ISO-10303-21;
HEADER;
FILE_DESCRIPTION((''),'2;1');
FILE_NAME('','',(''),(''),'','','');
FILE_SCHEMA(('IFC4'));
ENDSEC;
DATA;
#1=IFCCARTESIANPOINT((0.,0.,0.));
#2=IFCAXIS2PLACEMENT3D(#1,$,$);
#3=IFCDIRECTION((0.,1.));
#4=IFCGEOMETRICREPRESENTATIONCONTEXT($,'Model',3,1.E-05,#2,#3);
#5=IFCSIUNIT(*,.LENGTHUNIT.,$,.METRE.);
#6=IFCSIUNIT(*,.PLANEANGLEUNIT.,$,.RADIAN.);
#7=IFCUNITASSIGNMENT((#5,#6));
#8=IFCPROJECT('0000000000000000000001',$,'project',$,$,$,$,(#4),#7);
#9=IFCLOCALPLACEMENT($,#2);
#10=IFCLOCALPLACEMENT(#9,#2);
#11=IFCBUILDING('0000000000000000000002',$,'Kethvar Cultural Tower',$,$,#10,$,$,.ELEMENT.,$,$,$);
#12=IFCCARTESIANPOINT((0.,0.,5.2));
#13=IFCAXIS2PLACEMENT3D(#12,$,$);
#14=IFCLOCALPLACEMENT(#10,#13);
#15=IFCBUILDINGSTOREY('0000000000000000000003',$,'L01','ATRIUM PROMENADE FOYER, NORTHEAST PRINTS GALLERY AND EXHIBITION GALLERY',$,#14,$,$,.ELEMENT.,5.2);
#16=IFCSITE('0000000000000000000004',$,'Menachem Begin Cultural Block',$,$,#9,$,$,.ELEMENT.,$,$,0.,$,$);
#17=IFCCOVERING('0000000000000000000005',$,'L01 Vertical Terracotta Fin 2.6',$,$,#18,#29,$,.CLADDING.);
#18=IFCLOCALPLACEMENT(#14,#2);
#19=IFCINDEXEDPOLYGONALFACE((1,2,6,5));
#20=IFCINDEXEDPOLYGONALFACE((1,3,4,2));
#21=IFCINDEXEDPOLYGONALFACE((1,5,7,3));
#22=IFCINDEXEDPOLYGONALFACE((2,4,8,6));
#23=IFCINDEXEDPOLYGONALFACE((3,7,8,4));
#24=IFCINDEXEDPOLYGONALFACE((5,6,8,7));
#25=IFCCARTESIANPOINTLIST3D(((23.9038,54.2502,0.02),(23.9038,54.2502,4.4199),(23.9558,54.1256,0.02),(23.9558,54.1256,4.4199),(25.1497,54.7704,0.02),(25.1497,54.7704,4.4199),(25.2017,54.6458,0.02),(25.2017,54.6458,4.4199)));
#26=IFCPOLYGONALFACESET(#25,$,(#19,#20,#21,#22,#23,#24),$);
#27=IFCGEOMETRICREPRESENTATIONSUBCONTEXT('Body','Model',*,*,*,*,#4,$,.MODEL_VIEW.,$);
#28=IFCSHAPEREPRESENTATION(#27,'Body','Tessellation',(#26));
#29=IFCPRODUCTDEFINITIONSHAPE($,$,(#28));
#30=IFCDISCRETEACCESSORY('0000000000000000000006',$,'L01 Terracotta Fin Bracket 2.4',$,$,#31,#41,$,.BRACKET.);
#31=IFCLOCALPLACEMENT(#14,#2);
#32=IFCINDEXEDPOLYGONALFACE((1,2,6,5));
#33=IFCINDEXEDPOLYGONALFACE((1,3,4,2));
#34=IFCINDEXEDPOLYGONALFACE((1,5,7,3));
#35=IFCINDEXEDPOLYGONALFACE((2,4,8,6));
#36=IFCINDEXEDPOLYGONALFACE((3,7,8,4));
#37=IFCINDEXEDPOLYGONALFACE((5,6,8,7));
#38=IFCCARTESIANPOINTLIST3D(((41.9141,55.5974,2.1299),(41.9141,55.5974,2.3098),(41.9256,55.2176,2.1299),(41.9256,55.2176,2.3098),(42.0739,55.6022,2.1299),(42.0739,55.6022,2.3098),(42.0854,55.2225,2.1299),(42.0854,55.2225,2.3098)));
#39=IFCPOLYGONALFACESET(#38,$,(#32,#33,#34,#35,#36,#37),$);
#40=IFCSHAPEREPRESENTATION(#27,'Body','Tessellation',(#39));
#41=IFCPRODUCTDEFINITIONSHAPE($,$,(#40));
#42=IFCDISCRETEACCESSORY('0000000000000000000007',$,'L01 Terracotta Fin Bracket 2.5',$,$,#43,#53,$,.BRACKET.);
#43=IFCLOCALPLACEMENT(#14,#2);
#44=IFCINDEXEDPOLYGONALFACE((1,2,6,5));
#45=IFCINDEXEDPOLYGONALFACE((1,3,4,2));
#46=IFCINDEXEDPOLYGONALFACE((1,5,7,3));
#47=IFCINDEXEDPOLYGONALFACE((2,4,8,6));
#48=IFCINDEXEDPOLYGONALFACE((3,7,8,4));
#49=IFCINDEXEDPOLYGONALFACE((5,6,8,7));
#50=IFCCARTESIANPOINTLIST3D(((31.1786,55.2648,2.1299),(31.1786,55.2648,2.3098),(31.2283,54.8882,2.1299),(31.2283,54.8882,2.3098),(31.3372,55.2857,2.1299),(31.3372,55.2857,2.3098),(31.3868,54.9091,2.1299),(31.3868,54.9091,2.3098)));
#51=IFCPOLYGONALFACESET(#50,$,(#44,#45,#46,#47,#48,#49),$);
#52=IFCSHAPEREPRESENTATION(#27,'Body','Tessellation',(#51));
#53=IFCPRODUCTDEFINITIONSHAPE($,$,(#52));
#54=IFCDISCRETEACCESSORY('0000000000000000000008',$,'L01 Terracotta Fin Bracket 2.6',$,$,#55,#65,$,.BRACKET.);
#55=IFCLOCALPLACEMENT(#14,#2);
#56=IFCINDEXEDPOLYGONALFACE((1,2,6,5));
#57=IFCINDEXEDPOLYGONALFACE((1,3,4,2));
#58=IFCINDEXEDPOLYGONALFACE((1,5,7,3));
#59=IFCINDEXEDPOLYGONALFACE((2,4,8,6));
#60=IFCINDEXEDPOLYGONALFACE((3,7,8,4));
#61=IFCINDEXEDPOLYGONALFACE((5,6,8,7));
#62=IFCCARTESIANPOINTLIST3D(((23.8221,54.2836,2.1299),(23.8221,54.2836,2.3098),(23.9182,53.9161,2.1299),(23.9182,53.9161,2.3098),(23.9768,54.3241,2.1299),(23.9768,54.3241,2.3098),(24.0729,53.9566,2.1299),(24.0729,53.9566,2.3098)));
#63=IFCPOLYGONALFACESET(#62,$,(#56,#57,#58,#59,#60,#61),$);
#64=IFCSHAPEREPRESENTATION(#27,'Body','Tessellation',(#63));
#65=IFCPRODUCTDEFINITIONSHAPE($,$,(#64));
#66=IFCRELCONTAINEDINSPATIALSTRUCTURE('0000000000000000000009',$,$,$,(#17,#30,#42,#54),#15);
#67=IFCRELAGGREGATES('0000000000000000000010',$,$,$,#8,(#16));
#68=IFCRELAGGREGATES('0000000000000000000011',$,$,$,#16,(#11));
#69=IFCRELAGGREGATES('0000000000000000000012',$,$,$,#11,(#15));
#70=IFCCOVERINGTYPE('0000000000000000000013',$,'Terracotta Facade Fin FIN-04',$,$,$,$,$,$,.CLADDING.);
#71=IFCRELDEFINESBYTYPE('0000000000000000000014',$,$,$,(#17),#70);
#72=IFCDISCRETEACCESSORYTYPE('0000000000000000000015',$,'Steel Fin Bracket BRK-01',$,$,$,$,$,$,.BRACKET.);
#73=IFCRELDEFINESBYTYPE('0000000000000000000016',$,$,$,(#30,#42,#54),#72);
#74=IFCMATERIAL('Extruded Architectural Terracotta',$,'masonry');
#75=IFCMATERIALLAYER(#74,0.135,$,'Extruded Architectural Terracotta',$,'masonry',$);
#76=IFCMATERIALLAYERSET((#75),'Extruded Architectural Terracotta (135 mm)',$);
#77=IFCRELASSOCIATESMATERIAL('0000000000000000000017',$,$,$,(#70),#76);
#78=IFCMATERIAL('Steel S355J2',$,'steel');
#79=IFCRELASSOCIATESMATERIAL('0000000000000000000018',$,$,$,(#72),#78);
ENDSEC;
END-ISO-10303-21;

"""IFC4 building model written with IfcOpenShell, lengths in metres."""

from ifc_helpers import new_model, si_unit, direction, frame, origin, origin_2d, place, context, subcontext, project, spatial, rectangle, extrude, source, transform, mapped, material, layer, layer_set, type_object, element, save


model = new_model("IFC4")

# Units and contexts
model_context = context("Model", 3, precision=1e-05, world=origin(), true_north=direction((0.0, 1.0)))
body_context = subcontext(model_context, "Body", "Model", "MODEL_VIEW")
ifc_project = project(units=[si_unit("LENGTHUNIT", "METRE"), si_unit("PLANEANGLEUNIT", "RADIAN")], contexts=[model_context])

# Site, building, storey
site_placement = place(None, origin())
site = spatial("IfcSite", under=ifc_project, at=site_placement, Name="Menachem Begin Cultural Block", CompositionType="ELEMENT", RefElevation=0.0)
building_placement = place(site_placement, origin())
building = spatial("IfcBuilding", under=site, at=building_placement, Name="Kethvar Cultural Tower", CompositionType="ELEMENT")
storey_placement = place(building_placement, frame((0.0, 0.0, 5.2)))
storey = spatial("IfcBuildingStorey", under=building, at=storey_placement, Name="L01", Description="ATRIUM PROMENADE FOYER, NORTHEAST PRINTS GALLERY AND EXHIBITION GALLERY", CompositionType="ELEMENT", Elevation=5.2)

# Shared definitions
ifc_material_1 = material(Name="Steel S355J2", Category="steel")

# Covering
ifc_material_2 = material(Name="Extruded Architectural Terracotta", Category="masonry")
ifc_layer_1 = layer(ifc_material_2, 0.135, Name="Extruded Architectural Terracotta", Category="masonry")
ifc_layer_set_1 = layer_set([ifc_layer_1], Name="Extruded Architectural Terracotta (135 mm)")
covering_type = type_object("IfcCoveringType", Name="Terracotta Facade Fin FIN-04", PredefinedType="CLADDING", material=ifc_layer_set_1)
shared_shape_1 = source(origin(), body_context, "Body", "SweptSolid", [
    extrude(rectangle(XDim=1.3501, YDim=0.135, at=origin_2d()), origin(), (0.0, 0.0, 1.0), 4.3999),
])
for number, where, z_axis, x_axis, name in (
    (1, (24.5527, 54.448, 0.02), (0.0, 0.0, 1.0), (0.922807, 0.385262, 0.0), "L01 Vertical Terracotta Fin 2.6"),
):
    element("IfcCovering", number, at=place(storey_placement, frame(where, z_axis=z_axis, x_axis=x_axis)), inside=storey, type_object=covering_type, Name=name, PredefinedType="CLADDING", context=body_context, shape_type="MappedRepresentation", body=[
        mapped(shared_shape_1, transform((0.0, 0.0, 0.0), scale=1.0)),
    ])

# Discrete accessories
discrete_accessory_type = type_object("IfcDiscreteAccessoryType", Name="Steel Fin Bracket BRK-01", PredefinedType="BRACKET", material=ifc_material_1)
shared_shape_2 = source(origin(), body_context, "Body", "SweptSolid", [
    extrude(rectangle(XDim=0.3799, YDim=0.1599, at=origin_2d()), origin(), (0.0, 0.0, 1.0), 0.1799),
])
for number, where, z_axis, x_axis, name in (
    (2, (41.9998, 55.4099, 2.1299), (0.0, 0.0, 1.0), (-0.03019, 0.999544, 0.0), "L01 Terracotta Fin Bracket 2.4"),
    (3, (31.2827, 55.0869, 2.1299), (0.0, 0.0, 1.0), (-0.130699, 0.991422, 0.0), "L01 Terracotta Fin Bracket 2.5"),
    (4, (23.9475, 54.1201, 2.1299), (0.0, 0.0, 1.0), (-0.253083, 0.967445, 0.0), "L01 Terracotta Fin Bracket 2.6"),
):
    element("IfcDiscreteAccessory", number, at=place(storey_placement, frame(where, z_axis=z_axis, x_axis=x_axis)), inside=storey, type_object=discrete_accessory_type, Name=name, PredefinedType="BRACKET", context=body_context, shape_type="MappedRepresentation", body=[
        mapped(shared_shape_2, transform((0.0, 0.0, 0.0), scale=1.0)),
    ])

save(model, "model.ifc")
